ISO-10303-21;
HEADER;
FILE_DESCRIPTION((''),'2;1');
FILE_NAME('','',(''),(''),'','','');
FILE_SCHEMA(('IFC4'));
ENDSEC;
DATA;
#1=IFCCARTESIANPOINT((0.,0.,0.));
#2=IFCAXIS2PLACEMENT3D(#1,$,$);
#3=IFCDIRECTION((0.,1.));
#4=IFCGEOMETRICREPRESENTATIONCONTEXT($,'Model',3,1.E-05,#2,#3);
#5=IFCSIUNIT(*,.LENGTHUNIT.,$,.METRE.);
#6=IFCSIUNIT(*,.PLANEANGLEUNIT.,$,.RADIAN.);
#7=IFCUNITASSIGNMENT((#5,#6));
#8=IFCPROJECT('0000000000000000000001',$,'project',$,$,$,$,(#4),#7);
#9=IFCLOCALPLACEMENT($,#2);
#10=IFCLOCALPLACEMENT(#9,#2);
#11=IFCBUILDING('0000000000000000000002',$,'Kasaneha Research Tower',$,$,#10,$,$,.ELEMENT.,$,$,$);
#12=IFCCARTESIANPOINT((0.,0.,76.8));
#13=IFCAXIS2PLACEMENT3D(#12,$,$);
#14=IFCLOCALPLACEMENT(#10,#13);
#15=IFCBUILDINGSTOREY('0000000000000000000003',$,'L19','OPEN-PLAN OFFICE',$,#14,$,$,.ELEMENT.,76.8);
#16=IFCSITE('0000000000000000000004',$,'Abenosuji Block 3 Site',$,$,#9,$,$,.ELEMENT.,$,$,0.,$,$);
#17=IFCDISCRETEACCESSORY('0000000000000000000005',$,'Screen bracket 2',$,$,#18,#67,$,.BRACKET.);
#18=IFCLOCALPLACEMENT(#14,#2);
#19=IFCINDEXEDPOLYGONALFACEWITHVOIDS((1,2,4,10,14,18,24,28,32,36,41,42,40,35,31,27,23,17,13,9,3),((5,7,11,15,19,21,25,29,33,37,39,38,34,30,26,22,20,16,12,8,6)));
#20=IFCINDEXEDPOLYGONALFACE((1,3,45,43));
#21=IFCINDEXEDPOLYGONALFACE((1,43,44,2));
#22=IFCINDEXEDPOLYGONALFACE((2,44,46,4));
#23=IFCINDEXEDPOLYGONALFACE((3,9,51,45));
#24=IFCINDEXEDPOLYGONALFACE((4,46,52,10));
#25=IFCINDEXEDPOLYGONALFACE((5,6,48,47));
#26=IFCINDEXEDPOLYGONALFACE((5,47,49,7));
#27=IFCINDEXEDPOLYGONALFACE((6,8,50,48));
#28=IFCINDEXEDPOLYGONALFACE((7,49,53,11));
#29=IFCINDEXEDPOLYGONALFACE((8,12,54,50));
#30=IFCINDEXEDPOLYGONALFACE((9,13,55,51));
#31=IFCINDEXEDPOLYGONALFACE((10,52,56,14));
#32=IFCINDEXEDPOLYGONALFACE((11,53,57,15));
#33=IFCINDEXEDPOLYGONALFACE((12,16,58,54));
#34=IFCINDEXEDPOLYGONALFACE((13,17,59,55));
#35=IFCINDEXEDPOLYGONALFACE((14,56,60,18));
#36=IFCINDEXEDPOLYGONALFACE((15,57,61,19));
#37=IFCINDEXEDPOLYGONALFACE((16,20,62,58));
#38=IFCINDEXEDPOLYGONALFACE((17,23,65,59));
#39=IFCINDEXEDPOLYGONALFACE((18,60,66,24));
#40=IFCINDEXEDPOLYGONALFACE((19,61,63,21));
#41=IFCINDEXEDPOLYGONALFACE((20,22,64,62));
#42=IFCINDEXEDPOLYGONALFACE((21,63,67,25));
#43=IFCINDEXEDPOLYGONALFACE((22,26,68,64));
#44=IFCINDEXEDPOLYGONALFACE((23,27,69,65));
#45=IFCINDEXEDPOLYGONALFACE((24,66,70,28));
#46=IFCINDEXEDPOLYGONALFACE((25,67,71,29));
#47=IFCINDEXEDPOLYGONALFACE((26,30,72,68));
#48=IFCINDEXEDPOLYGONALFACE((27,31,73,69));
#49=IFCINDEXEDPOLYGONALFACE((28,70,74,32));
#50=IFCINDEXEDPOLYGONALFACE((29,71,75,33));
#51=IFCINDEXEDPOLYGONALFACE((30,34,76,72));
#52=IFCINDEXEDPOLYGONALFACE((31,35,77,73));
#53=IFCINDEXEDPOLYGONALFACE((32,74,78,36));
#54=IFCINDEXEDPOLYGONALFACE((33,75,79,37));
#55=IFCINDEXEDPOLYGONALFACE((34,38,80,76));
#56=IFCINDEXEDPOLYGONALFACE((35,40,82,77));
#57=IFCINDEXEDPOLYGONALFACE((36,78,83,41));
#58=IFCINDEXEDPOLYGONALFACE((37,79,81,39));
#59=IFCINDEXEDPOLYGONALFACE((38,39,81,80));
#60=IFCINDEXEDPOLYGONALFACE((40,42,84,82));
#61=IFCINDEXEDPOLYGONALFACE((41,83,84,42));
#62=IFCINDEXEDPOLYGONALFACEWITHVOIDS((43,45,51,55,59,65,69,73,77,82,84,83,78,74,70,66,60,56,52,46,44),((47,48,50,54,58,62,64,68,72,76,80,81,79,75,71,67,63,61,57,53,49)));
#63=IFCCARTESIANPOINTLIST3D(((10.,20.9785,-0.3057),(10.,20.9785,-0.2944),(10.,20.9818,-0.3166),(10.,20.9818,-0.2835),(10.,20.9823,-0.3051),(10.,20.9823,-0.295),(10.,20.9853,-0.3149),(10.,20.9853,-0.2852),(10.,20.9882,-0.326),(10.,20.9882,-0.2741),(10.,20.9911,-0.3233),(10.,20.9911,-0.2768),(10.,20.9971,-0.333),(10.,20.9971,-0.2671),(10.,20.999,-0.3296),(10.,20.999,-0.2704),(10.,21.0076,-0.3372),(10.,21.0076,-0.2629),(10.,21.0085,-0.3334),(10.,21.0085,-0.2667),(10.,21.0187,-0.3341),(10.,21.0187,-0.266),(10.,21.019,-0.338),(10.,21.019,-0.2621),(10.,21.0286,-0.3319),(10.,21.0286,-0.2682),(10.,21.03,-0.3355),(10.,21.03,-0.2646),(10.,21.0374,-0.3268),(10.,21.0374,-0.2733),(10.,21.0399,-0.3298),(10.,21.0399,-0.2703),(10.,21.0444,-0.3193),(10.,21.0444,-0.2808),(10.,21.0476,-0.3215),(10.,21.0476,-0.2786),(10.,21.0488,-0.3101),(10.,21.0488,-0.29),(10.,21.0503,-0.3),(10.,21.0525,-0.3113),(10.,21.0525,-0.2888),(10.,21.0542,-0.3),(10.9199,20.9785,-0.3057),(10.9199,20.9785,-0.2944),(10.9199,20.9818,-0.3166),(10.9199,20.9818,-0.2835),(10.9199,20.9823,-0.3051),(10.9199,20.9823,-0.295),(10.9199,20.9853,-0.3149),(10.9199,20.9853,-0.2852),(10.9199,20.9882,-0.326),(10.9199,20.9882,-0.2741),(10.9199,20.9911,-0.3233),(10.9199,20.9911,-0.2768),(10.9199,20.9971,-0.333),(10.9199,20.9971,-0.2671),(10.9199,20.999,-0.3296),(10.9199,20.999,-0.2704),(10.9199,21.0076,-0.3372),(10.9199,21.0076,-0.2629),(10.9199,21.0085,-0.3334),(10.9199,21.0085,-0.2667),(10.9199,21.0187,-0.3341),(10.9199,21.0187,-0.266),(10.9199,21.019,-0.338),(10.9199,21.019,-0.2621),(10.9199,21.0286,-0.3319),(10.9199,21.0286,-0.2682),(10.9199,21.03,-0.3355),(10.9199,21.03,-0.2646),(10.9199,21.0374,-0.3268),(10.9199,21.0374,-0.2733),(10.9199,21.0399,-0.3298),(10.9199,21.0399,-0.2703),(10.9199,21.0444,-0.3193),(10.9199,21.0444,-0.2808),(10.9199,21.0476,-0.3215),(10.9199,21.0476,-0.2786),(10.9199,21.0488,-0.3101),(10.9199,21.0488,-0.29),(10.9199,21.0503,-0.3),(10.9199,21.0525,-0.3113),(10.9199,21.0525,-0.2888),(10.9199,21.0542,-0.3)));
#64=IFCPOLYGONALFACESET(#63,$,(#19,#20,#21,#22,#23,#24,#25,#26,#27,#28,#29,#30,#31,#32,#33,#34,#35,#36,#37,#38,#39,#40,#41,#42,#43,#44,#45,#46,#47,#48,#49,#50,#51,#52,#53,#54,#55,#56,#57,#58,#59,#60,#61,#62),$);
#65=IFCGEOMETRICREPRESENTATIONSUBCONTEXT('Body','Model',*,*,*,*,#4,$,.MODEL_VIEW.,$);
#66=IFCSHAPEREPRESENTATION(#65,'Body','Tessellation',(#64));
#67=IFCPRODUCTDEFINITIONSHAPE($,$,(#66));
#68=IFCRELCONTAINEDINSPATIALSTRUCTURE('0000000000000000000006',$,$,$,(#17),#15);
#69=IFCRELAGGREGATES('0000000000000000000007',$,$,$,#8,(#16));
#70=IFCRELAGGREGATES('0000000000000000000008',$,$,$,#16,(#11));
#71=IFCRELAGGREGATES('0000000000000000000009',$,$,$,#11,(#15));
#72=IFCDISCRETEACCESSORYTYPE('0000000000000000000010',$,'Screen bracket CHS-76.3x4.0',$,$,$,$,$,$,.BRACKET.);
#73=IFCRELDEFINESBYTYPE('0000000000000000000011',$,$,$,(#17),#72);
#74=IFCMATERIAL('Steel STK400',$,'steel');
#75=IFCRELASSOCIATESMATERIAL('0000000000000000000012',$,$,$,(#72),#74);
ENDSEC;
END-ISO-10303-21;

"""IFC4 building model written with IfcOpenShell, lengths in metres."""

from ifc_helpers import new_model, si_unit, direction, frame, origin, origin_2d, place, context, subcontext, project, spatial, hollow_circle, extrude, material, material_profile, profile_set, type_object, element, save


model = new_model("IFC4")

# Units and contexts
model_context = context("Model", 3, precision=1e-05, world=origin(), true_north=direction((0.0, 1.0)))
body_context = subcontext(model_context, "Body", "Model", "MODEL_VIEW")
ifc_project = project(units=[si_unit("LENGTHUNIT", "METRE"), si_unit("PLANEANGLEUNIT", "RADIAN")], contexts=[model_context])

# Site, building, storey
site_placement = place(None, origin())
site = spatial("IfcSite", under=ifc_project, at=site_placement, Name="Abenosuji Block 3 Site", CompositionType="ELEMENT", RefElevation=0.0)
building_placement = place(site_placement, origin())
building = spatial("IfcBuilding", under=site, at=building_placement, Name="Kasaneha Research Tower", CompositionType="ELEMENT")
storey_placement = place(building_placement, frame((0.0, 0.0, 76.8)))
storey = spatial("IfcBuildingStorey", under=building, at=storey_placement, Name="L19", Description="OPEN-PLAN OFFICE", CompositionType="ELEMENT", Elevation=76.8)

# Discrete accessory
ifc_material_1 = material(Name="Steel STK400", Category="steel")
ifc_material_profile_1 = material_profile(ifc_material_1, hollow_circle(Radius=0.0381, WallThickness=0.0039, at=origin_2d()), Name="CHS-76.3x4.0")
ifc_profile_set_1 = profile_set([ifc_material_profile_1], Name="Steel STK400")
discrete_accessory_type = type_object("IfcDiscreteAccessoryType", Name="Screen bracket CHS-76.3x4.0", PredefinedType="BRACKET", material=ifc_profile_set_1)
for number, where, z_axis, x_axis, name in (
    (1, (10.0, 21.0161, -0.3), (1.0, 0.0, 0.0), (0.0, 1.0, 0.0), "Screen bracket 2"),
):
    element("IfcDiscreteAccessory", number, at=place(storey_placement, frame(where, z_axis=z_axis, x_axis=x_axis)), inside=storey, type_object=discrete_accessory_type, Name=name, PredefinedType="BRACKET", context=body_context, shape_type="SweptSolid", body=[
        extrude(hollow_circle(Radius=0.0381, WallThickness=0.0039, at=origin_2d()), origin(), (0.0, 0.0, 1.0), 0.9199),
    ])

save(model, "model.ifc")
